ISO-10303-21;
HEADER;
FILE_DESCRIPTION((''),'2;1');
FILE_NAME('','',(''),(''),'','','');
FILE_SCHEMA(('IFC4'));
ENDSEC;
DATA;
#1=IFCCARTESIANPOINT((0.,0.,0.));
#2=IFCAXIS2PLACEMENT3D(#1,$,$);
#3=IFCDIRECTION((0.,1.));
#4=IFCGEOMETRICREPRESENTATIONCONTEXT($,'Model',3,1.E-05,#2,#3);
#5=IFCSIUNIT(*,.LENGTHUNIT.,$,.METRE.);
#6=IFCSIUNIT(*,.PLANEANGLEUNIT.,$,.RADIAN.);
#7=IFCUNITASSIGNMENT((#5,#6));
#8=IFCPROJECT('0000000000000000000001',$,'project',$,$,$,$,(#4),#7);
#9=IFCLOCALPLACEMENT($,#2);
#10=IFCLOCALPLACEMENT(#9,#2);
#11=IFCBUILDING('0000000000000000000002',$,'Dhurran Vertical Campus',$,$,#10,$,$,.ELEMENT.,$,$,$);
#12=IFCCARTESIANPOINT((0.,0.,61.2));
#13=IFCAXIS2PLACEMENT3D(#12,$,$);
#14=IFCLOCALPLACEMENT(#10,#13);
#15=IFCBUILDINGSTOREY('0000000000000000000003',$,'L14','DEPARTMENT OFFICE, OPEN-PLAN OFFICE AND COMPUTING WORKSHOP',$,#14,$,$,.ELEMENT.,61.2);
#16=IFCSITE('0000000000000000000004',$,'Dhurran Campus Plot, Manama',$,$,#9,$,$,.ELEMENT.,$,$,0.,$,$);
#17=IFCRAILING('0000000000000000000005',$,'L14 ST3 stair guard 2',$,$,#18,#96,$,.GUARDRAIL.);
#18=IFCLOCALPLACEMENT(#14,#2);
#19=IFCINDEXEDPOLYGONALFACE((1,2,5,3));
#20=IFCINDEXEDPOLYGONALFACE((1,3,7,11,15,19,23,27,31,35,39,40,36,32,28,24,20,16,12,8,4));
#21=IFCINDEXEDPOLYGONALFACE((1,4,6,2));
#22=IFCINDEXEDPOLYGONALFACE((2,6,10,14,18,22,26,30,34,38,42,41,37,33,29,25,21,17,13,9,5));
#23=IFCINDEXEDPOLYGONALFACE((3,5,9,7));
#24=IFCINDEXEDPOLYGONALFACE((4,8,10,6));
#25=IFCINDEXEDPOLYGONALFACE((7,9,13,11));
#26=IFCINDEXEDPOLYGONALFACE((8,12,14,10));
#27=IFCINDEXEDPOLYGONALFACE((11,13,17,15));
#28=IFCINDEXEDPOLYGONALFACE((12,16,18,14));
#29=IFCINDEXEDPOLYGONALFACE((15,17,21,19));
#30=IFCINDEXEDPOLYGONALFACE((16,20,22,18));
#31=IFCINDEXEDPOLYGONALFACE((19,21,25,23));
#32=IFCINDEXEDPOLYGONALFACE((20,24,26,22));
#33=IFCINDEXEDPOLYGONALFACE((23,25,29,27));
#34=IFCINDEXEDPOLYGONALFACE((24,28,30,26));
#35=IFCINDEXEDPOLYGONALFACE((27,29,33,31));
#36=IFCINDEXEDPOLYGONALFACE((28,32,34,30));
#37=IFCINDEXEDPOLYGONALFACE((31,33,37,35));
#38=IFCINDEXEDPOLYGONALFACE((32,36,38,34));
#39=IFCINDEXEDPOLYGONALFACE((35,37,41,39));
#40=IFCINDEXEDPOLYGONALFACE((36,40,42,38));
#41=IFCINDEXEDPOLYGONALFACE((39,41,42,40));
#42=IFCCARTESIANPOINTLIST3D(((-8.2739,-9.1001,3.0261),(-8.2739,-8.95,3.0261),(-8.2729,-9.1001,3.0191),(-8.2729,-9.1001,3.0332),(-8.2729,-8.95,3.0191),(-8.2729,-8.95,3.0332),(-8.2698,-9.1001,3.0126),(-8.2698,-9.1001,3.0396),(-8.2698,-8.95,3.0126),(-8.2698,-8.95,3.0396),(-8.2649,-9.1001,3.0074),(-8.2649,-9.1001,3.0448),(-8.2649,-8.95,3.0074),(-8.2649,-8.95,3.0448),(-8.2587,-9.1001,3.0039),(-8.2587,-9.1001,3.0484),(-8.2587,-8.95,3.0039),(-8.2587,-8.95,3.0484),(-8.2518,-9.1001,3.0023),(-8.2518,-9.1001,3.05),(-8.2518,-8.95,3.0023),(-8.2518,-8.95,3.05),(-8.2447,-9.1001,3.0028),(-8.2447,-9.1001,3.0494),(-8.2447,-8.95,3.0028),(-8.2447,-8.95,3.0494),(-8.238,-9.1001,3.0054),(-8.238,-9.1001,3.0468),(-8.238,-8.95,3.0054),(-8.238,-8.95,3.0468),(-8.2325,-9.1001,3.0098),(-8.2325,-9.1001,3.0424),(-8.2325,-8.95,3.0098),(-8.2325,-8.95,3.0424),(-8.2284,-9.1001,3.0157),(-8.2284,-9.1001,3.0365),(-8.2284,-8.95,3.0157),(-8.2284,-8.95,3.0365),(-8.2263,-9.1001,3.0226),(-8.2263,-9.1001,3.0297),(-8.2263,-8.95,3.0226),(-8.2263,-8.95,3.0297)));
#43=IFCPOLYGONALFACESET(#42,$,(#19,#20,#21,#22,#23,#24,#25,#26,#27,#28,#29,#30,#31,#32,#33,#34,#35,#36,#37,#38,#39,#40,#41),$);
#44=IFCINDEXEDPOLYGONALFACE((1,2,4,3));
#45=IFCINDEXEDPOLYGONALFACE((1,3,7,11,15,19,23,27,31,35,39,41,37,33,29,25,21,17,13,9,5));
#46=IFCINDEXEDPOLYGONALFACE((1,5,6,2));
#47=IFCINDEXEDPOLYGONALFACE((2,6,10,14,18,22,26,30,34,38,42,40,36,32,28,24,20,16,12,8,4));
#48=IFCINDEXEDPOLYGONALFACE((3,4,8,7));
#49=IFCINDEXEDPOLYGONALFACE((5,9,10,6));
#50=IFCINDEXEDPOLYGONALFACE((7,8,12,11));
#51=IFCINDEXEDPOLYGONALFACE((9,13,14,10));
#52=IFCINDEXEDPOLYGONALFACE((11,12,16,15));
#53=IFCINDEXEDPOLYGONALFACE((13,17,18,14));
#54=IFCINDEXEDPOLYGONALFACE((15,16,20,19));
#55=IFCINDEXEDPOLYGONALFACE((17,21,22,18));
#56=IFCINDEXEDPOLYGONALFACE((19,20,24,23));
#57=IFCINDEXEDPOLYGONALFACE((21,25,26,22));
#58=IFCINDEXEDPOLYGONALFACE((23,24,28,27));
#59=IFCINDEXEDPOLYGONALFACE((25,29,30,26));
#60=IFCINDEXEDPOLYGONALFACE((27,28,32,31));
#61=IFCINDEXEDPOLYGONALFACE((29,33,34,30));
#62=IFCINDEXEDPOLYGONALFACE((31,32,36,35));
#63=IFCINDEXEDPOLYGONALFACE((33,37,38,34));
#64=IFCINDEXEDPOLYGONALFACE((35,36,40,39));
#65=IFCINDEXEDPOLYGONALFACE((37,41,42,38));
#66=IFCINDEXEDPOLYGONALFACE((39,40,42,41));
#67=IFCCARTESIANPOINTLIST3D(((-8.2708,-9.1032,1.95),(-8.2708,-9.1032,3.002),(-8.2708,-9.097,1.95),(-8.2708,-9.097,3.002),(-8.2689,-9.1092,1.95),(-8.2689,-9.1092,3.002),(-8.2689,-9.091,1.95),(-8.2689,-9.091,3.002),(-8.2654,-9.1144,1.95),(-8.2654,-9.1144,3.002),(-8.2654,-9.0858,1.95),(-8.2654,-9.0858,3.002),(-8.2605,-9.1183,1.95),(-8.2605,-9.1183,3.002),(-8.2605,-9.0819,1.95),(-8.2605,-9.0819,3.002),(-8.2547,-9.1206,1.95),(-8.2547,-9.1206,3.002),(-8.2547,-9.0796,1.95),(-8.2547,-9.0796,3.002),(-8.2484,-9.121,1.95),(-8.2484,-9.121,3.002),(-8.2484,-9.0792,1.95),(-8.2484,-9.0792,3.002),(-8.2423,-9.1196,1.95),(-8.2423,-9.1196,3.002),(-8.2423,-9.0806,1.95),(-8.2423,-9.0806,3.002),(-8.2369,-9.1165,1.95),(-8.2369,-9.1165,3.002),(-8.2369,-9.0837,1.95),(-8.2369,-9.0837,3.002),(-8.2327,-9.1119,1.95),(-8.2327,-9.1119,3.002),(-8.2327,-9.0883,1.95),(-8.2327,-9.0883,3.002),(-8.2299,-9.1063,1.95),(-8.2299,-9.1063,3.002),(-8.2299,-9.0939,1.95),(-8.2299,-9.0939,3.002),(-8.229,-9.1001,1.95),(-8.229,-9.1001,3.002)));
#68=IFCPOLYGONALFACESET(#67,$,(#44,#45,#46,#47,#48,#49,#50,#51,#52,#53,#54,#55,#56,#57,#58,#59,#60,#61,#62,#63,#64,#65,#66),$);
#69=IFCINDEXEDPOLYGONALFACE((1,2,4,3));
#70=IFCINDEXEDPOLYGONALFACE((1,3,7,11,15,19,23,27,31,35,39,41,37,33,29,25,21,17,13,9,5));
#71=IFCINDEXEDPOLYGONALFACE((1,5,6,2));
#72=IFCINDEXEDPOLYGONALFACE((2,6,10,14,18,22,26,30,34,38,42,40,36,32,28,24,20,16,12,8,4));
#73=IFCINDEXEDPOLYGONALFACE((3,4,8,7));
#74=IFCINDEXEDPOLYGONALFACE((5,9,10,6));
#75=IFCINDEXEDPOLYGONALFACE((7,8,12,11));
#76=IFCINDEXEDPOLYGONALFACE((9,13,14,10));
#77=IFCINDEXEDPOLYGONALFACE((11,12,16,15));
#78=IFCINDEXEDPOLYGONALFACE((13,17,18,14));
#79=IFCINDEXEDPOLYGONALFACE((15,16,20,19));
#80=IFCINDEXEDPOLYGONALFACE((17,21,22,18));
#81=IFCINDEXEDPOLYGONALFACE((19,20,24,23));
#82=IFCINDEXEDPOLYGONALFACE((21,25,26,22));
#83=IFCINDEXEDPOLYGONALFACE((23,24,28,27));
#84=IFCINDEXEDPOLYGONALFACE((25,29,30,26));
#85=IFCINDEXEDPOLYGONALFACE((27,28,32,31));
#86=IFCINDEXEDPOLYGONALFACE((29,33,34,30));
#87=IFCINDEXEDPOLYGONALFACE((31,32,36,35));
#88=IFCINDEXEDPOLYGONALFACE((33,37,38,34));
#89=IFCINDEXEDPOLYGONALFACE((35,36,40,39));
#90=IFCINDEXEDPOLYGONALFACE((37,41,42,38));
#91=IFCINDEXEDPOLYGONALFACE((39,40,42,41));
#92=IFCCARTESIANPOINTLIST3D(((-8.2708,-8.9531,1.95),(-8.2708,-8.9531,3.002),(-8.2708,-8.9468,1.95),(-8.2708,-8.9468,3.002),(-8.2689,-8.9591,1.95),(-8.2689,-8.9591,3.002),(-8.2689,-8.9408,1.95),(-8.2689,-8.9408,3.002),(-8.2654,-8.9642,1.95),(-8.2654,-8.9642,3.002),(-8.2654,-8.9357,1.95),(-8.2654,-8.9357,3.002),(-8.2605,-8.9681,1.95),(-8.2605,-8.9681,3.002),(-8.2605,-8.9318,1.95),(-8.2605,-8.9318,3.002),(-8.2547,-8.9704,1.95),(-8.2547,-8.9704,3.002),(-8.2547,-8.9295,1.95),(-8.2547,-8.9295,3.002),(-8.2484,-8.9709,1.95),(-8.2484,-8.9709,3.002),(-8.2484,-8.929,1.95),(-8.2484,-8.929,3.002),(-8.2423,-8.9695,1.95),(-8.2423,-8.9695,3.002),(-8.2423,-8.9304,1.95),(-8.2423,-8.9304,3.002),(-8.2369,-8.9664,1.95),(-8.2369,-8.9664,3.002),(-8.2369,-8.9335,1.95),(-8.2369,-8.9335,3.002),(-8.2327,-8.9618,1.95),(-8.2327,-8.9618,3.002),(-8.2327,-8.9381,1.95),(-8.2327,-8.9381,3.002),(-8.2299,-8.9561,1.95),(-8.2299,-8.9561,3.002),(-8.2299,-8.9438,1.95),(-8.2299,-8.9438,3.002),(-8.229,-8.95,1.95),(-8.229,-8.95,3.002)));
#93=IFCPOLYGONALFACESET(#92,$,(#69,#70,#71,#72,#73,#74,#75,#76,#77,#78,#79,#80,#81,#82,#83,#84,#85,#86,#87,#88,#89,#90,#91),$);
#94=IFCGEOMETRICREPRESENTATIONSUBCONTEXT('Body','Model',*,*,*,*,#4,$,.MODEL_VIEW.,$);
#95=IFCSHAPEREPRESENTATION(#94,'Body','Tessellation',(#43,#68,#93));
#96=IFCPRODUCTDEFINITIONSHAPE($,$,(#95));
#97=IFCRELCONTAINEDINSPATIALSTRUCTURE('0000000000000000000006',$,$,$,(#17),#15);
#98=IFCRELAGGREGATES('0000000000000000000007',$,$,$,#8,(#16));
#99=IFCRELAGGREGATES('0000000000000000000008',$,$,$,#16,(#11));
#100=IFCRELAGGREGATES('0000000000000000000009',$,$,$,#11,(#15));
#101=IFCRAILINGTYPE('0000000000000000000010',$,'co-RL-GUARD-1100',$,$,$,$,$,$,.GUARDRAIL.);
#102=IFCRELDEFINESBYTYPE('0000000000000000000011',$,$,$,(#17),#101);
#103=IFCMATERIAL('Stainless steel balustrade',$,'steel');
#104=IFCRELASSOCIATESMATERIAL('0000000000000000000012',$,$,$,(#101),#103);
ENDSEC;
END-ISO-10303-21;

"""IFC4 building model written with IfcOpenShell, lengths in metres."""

from ifc_helpers import new_model, si_unit, direction, frame, origin, origin_2d, place, context, subcontext, project, spatial, circle, extrude, material, type_object, element, save


model = new_model("IFC4")

# Units and contexts
model_context = context("Model", 3, precision=1e-05, world=origin(), true_north=direction((0.0, 1.0)))
body_context = subcontext(model_context, "Body", "Model", "MODEL_VIEW")
ifc_project = project(units=[si_unit("LENGTHUNIT", "METRE"), si_unit("PLANEANGLEUNIT", "RADIAN")], contexts=[model_context])

# Site, building, storey
site_placement = place(None, origin())
site = spatial("IfcSite", under=ifc_project, at=site_placement, Name="Dhurran Campus Plot, Manama", CompositionType="ELEMENT", RefElevation=0.0)
building_placement = place(site_placement, origin())
building = spatial("IfcBuilding", under=site, at=building_placement, Name="Dhurran Vertical Campus", CompositionType="ELEMENT")
storey_placement = place(building_placement, frame((0.0, 0.0, 61.2)))
storey = spatial("IfcBuildingStorey", under=building, at=storey_placement, Name="L14", Description="DEPARTMENT OFFICE, OPEN-PLAN OFFICE AND COMPUTING WORKSHOP", CompositionType="ELEMENT", Elevation=61.2)

# Railing
ifc_material_1 = material(Name="Stainless steel balustrade", Category="steel")
railing_type_1 = type_object("IfcRailingType", Name="co-RL-GUARD-1100", PredefinedType="GUARDRAIL", material=ifc_material_1)
railing_1_placement = place(storey_placement, frame((-8.25, -9.1001, 1.95)))
element("IfcRailing", 1, at=railing_1_placement, inside=storey, type_object=railing_type_1, Name="L14 ST3 stair guard 2", PredefinedType="GUARDRAIL", context=body_context, shape_type="SweptSolid", body=[
    extrude(circle(Radius=0.0239, at=origin_2d()), frame((0.0, 0.0, 1.0762), z_axis=(0.0, 1.0, 0.0), x_axis=(-1.0, 0.0, 0.0)), (0.0, 0.0, 1.0), 0.1501),
    extrude(circle(Radius=0.021, at=origin_2d()), origin(), (0.0, 0.0, 1.0), 1.052),
    extrude(circle(Radius=0.021, at=origin_2d()), frame((0.0, 0.1501, 0.0)), (0.0, 0.0, 1.0), 1.052),
])

save(model, "model.ifc")
